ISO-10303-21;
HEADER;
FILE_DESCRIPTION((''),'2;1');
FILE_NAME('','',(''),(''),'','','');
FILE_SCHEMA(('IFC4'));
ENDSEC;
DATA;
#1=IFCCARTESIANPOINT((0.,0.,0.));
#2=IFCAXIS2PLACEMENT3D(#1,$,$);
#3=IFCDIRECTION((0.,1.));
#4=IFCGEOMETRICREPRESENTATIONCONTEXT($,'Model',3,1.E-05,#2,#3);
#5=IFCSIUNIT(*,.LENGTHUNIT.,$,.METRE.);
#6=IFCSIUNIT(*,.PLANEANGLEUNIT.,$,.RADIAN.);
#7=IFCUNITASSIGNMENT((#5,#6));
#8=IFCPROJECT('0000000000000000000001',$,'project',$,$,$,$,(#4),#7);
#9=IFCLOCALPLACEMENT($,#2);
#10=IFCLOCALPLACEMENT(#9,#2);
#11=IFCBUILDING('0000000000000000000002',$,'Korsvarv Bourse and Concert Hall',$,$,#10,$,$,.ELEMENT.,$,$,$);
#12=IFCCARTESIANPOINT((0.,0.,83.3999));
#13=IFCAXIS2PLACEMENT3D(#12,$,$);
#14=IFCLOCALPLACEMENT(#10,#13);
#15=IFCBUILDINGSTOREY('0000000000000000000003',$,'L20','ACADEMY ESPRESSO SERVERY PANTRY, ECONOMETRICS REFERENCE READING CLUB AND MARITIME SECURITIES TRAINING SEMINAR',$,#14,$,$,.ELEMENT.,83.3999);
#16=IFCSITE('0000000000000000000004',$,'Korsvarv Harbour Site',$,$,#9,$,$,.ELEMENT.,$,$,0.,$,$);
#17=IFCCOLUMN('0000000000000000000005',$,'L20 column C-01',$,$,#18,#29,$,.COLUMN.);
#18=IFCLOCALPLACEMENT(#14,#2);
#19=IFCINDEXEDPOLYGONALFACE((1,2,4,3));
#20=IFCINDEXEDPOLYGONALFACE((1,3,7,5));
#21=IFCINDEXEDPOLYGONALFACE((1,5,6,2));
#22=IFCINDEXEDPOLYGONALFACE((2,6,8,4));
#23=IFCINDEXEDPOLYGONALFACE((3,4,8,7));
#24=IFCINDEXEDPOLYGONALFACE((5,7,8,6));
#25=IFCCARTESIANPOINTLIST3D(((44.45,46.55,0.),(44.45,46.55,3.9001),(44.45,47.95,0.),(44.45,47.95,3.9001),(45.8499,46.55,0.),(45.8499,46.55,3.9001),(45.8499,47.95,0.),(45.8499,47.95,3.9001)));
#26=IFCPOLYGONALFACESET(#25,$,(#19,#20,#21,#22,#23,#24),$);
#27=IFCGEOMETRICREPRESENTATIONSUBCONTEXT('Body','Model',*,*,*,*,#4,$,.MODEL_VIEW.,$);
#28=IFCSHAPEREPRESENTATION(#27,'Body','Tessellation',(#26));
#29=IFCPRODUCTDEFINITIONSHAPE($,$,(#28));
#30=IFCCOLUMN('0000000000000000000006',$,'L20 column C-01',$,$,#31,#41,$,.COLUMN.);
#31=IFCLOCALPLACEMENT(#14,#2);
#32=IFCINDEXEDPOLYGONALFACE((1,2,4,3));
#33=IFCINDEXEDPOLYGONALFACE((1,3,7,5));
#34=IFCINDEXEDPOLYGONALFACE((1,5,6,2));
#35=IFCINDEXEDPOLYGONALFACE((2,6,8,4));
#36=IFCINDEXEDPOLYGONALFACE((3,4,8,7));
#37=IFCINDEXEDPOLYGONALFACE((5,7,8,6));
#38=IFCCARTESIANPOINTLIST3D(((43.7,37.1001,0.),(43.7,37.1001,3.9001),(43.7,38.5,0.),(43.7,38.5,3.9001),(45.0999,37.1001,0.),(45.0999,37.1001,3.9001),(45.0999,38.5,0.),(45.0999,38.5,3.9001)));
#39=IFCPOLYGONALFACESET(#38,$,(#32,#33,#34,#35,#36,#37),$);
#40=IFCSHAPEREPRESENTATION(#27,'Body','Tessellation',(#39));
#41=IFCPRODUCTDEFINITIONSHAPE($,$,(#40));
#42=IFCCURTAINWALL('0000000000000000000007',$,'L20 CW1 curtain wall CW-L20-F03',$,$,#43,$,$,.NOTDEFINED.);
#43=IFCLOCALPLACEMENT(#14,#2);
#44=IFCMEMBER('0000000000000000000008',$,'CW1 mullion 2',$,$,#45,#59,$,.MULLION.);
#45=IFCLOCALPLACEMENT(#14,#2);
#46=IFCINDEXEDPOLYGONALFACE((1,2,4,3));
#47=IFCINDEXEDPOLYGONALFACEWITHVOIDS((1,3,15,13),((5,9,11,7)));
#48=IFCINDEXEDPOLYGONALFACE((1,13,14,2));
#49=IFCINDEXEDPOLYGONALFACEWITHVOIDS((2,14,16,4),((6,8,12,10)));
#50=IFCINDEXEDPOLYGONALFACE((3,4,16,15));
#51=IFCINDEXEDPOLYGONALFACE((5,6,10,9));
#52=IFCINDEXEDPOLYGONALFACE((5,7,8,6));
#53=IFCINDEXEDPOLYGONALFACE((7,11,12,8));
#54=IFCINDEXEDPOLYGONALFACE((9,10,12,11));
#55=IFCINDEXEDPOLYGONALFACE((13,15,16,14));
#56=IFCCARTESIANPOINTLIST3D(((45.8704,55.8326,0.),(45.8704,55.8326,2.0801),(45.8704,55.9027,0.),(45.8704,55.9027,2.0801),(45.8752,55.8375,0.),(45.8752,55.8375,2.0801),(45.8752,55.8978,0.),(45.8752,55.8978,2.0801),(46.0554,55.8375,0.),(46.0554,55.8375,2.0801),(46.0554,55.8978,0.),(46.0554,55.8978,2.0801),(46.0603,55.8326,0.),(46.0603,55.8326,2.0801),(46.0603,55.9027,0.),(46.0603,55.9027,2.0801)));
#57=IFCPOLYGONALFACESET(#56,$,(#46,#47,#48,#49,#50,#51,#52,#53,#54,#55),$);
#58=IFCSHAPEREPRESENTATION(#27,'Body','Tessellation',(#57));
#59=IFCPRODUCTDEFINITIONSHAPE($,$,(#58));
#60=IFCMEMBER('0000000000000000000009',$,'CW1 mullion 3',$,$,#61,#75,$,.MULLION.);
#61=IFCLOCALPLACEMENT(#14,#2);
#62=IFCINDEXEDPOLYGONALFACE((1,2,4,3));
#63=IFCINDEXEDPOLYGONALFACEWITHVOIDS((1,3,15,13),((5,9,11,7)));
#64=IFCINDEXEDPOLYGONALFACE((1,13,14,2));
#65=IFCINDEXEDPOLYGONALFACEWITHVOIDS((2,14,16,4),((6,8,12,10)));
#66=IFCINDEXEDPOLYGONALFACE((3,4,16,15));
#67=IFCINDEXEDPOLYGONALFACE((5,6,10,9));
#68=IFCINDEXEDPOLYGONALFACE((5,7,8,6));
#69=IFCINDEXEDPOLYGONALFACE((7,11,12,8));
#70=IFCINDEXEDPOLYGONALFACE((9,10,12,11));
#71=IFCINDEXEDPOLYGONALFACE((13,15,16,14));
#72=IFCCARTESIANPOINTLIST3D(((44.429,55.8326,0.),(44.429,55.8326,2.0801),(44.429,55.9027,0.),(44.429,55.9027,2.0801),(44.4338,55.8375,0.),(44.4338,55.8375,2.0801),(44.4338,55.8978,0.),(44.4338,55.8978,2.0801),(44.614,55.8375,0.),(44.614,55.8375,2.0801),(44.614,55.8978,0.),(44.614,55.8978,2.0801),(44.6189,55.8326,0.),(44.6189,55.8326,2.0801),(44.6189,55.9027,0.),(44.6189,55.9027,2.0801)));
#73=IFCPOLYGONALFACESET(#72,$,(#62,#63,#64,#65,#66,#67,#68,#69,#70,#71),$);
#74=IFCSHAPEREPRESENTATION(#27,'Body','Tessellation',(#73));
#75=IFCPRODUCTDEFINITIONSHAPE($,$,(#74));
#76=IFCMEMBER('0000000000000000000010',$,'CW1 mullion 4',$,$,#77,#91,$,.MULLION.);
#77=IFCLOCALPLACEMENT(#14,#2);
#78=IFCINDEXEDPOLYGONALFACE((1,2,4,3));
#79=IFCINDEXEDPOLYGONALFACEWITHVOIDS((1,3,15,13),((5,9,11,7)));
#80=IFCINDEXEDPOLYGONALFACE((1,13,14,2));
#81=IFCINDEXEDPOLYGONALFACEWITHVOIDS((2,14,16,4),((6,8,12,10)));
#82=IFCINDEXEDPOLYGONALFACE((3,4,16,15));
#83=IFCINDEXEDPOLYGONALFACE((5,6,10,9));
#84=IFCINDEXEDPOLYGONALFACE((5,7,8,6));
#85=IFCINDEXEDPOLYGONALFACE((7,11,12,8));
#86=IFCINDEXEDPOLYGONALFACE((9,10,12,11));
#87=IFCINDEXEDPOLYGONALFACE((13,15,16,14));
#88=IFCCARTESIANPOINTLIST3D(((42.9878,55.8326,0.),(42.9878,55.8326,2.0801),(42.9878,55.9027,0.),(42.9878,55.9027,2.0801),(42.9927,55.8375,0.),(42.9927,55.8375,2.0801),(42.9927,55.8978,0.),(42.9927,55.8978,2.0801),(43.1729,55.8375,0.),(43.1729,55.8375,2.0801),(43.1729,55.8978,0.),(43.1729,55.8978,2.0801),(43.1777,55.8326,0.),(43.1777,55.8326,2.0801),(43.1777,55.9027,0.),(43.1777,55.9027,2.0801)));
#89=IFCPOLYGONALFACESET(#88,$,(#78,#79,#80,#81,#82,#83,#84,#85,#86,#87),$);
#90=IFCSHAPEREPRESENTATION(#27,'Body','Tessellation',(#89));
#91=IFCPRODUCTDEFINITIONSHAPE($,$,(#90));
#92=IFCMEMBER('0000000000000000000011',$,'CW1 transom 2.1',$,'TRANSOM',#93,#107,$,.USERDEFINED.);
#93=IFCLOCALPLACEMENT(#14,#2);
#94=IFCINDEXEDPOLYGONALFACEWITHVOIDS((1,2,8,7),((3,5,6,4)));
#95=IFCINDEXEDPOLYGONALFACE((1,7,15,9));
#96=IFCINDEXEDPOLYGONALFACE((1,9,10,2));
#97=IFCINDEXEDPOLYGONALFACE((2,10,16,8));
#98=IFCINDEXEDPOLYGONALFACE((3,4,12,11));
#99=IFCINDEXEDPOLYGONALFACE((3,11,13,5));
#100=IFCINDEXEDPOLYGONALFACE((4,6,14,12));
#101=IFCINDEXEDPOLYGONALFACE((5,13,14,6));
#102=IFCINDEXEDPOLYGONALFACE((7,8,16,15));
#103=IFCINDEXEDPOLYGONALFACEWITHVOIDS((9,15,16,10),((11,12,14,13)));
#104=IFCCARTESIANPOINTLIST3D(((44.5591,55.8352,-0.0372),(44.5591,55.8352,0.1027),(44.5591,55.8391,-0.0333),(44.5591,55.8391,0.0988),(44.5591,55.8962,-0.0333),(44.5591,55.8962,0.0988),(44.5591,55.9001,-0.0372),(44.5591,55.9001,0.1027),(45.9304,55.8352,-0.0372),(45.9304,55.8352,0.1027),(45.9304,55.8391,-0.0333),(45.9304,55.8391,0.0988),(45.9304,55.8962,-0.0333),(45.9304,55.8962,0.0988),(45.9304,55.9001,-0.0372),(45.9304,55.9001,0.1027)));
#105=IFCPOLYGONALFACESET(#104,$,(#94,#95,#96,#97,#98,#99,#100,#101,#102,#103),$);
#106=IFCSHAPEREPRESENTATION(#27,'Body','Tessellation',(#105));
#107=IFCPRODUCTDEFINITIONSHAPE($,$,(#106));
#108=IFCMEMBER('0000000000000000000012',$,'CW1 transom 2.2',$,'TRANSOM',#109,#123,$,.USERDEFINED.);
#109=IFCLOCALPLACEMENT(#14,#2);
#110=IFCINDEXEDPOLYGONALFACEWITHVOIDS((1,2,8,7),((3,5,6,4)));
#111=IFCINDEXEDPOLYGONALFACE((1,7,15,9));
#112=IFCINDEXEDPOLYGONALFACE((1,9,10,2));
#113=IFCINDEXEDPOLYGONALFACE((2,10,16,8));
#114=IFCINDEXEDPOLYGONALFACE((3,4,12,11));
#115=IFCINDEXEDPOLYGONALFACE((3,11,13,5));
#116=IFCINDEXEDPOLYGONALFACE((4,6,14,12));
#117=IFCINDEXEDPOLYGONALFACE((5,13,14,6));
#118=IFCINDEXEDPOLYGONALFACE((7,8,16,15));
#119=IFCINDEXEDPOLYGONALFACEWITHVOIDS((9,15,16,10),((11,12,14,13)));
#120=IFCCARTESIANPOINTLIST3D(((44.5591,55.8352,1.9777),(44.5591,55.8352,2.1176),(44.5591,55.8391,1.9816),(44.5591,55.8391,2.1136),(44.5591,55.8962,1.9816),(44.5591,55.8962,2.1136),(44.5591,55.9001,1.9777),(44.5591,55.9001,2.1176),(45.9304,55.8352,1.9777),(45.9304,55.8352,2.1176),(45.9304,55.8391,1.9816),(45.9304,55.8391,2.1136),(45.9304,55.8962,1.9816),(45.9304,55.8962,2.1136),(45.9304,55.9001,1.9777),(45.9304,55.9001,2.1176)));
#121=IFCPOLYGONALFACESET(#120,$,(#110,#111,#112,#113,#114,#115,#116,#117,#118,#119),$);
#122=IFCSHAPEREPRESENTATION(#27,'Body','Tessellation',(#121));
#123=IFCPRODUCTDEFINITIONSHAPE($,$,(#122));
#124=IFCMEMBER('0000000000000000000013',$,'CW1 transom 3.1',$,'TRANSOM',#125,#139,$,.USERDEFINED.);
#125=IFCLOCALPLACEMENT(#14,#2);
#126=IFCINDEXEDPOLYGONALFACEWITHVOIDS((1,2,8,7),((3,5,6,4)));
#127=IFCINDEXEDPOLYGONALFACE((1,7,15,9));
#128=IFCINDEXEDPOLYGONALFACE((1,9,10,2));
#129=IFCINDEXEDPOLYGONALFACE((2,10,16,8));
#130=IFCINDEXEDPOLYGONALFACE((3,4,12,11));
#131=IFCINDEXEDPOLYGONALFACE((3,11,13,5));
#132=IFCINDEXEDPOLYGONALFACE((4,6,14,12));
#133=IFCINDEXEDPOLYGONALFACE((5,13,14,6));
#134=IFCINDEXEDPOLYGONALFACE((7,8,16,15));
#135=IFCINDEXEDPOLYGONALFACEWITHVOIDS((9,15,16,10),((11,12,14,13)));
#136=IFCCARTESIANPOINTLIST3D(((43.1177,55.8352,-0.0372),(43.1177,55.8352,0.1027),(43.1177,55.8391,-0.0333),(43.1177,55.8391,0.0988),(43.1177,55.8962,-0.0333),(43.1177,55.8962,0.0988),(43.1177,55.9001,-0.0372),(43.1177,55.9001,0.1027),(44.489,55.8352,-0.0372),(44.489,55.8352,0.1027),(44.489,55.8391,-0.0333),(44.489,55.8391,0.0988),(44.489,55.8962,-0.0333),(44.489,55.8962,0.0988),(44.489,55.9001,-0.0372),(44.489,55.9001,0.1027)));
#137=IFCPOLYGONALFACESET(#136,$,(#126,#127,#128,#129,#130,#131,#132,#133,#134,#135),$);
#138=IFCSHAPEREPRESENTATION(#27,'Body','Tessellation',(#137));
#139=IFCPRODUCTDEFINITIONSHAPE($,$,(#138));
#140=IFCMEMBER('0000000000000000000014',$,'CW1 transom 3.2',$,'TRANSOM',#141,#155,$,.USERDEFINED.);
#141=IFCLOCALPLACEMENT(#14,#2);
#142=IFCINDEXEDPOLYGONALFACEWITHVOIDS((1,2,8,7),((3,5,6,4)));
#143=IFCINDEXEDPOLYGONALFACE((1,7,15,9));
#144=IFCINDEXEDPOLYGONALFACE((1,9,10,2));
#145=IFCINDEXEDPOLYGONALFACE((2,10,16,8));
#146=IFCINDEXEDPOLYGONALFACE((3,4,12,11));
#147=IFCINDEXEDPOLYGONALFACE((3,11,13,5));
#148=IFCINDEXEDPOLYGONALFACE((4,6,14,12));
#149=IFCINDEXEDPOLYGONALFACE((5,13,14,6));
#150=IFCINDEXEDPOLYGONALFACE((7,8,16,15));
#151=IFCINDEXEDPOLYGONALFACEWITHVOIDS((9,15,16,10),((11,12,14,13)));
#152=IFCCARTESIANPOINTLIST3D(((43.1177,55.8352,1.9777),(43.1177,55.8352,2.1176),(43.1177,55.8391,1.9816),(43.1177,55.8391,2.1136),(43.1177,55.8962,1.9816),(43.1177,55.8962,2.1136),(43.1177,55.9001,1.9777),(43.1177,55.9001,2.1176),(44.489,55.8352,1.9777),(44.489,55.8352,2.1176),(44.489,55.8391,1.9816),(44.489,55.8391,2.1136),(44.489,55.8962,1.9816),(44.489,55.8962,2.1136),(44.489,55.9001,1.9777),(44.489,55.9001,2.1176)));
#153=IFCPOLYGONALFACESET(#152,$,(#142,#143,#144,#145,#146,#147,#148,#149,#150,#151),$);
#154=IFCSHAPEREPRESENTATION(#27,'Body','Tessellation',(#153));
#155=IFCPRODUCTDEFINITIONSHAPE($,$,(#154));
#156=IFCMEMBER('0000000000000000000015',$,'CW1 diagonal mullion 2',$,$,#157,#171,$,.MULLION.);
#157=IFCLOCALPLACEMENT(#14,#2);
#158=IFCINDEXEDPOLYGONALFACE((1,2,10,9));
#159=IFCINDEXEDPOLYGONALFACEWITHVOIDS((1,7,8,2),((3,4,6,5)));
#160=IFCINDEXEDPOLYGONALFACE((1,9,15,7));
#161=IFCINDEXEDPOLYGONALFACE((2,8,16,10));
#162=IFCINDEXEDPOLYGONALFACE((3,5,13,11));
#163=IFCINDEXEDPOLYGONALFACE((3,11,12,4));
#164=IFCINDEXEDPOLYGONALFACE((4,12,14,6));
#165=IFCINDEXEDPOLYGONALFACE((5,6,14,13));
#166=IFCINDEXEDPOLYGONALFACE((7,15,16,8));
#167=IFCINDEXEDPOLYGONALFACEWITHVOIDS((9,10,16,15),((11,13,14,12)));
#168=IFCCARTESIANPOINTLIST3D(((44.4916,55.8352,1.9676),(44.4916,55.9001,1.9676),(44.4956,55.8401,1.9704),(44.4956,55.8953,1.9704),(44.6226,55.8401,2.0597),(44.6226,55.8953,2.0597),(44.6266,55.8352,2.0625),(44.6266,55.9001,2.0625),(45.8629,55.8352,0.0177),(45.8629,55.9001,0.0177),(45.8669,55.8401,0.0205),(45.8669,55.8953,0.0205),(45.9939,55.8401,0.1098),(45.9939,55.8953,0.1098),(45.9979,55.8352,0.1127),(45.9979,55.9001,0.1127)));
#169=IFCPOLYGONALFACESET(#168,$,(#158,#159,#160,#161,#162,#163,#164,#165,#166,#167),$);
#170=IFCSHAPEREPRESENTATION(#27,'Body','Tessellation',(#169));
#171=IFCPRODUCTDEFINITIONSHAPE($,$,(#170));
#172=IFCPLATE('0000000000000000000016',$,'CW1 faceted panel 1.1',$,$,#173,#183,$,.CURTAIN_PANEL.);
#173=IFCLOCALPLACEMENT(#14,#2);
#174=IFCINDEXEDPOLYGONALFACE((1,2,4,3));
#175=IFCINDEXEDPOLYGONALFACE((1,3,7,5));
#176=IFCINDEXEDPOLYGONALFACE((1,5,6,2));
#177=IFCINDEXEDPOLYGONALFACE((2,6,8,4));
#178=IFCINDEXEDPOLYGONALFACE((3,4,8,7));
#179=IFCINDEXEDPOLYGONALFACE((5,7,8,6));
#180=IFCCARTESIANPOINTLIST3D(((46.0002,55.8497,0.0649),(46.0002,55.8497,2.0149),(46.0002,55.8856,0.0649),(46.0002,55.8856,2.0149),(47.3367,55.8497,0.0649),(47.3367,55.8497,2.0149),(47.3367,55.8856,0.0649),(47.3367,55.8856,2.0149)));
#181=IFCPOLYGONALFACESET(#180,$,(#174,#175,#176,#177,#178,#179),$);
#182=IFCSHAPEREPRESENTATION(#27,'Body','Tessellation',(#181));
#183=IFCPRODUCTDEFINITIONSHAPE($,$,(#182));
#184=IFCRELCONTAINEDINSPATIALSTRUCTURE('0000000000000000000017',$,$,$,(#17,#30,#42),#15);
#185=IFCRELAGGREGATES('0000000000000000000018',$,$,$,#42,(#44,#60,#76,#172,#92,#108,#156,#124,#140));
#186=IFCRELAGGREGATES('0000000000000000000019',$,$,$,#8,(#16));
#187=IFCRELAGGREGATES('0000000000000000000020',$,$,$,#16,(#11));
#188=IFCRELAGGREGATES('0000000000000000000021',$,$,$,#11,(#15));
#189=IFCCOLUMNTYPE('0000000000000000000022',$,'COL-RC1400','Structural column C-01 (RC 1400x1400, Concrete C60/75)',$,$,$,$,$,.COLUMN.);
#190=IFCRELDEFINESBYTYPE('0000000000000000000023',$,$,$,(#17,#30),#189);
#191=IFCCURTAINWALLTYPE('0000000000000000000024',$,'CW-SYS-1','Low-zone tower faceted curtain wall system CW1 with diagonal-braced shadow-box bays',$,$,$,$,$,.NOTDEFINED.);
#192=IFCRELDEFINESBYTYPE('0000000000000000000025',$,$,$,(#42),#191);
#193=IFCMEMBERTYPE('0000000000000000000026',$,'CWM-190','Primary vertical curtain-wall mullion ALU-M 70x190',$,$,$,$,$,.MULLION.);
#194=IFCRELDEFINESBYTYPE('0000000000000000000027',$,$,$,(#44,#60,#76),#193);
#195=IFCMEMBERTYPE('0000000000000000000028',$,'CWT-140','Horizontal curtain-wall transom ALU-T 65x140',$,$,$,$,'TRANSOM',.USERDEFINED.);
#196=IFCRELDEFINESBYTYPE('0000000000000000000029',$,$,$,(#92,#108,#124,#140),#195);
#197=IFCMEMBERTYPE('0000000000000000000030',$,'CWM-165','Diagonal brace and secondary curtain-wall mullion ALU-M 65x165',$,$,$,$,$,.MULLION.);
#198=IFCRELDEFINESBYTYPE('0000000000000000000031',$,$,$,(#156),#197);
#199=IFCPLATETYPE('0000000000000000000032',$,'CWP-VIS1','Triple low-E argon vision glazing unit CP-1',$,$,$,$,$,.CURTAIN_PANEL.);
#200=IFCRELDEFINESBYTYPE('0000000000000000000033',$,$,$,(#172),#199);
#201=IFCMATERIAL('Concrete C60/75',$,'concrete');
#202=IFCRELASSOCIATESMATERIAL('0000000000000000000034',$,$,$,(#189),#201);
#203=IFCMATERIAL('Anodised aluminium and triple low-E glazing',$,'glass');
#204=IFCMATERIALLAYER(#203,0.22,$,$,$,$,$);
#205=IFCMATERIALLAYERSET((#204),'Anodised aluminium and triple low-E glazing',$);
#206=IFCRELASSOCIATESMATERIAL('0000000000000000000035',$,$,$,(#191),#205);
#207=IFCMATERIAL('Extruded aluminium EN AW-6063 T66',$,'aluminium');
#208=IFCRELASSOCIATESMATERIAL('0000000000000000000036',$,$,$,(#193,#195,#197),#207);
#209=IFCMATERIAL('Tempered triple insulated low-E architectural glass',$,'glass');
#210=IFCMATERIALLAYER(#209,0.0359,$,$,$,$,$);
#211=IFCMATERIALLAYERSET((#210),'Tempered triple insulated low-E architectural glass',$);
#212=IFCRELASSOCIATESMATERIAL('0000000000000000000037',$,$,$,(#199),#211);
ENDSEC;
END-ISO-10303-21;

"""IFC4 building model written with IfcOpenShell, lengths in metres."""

from ifc_helpers import new_model, si_unit, direction, frame, origin, origin_2d, place, context, subcontext, project, spatial, rectangle, hollow_rectangle, extrude, source, transform, mapped, material, layer, layer_set, material_profile, profile_set, type_object, element, aggregate, save


model = new_model("IFC4")

# Units and contexts
model_context = context("Model", 3, precision=1e-05, world=origin(), true_north=direction((0.0, 1.0)))
body_context = subcontext(model_context, "Body", "Model", "MODEL_VIEW")
ifc_project = project(units=[si_unit("LENGTHUNIT", "METRE"), si_unit("PLANEANGLEUNIT", "RADIAN")], contexts=[model_context])

# Site, building, storey
site_placement = place(None, origin())
site = spatial("IfcSite", under=ifc_project, at=site_placement, Name="Korsvarv Harbour Site", CompositionType="ELEMENT", RefElevation=0.0)
building_placement = place(site_placement, origin())
building = spatial("IfcBuilding", under=site, at=building_placement, Name="Korsvarv Bourse and Concert Hall", CompositionType="ELEMENT")
storey_placement = place(building_placement, frame((0.0, 0.0, 83.3999)))
storey = spatial("IfcBuildingStorey", under=building, at=storey_placement, Name="L20", Description="ACADEMY ESPRESSO SERVERY PANTRY, ECONOMETRICS REFERENCE READING CLUB AND MARITIME SECURITIES TRAINING SEMINAR", CompositionType="ELEMENT", Elevation=83.3999)

# Columns
ifc_material_1 = material(Name="Concrete C60/75", Category="concrete")
ifc_material_profile_1 = material_profile(ifc_material_1, rectangle(XDim=1.3999, YDim=1.3999, at=origin_2d()), Name="RC 1400x1400")
ifc_profile_set_1 = profile_set([ifc_material_profile_1], Name="Concrete C60/75")
column_type = type_object("IfcColumnType", Name="COL-RC1400", Description="Structural column C-01 (RC 1400x1400, Concrete C60/75)", PredefinedType="COLUMN", material=ifc_profile_set_1)
shared_shape_1 = source(origin(), body_context, "Body", "SweptSolid", [
    extrude(rectangle(XDim=1.3999, YDim=1.3999, at=origin_2d()), origin(), (0.0, 0.0, 1.0), 3.9001),
])
for number, where, z_axis, x_axis, name in (
    (1, (45.1499, 47.25, 0.0), (0.0, 0.0, 1.0), (1.0, 0.0, 0.0), "L20 column C-01"),
    (2, (44.3999, 37.8, 0.0), (0.0, 0.0, 1.0), (1.0, 0.0, 0.0), "L20 column C-01"),
):
    element("IfcColumn", number, at=place(storey_placement, frame(where, z_axis=z_axis, x_axis=x_axis)), inside=storey, type_object=column_type, Name=name, PredefinedType="COLUMN", context=body_context, shape_type="MappedRepresentation", body=[
        mapped(shared_shape_1, transform((0.0, 0.0, 0.0), scale=1.0)),
    ])

# Curtain wall, members, plate
ifc_material_2 = material(Name="Anodised aluminium and triple low-E glazing", Category="glass")
ifc_layer_1 = layer(ifc_material_2, 0.22)
ifc_layer_set_1 = layer_set([ifc_layer_1], Name="Anodised aluminium and triple low-E glazing")
curtain_wall_type = type_object("IfcCurtainWallType", Name="CW-SYS-1", Description="Low-zone tower faceted curtain wall system CW1 with diagonal-braced shadow-box bays", PredefinedType="NOTDEFINED", material=ifc_layer_set_1)
curtain_wall_placement = place(storey_placement, origin())
curtain_wall = element("IfcCurtainWall", 3, at=curtain_wall_placement, inside=storey, type_object=curtain_wall_type, Name="L20 CW1 curtain wall CW-L20-F03", PredefinedType="NOTDEFINED")
ifc_material_3 = material(Name="Extruded aluminium EN AW-6063 T66", Category="aluminium")
ifc_material_profile_2 = material_profile(ifc_material_3, hollow_rectangle(XDim=0.0701, YDim=0.1899, WallThickness=0.0049, at=origin_2d()), Name="ALU-M 70x190")
ifc_profile_set_2 = profile_set([ifc_material_profile_2], Name="Extruded aluminium EN AW-6063 T66")
member_type_1 = type_object("IfcMemberType", Name="CWM-190", Description="Primary vertical curtain-wall mullion ALU-M 70x190", PredefinedType="MULLION", material=ifc_profile_set_2)
shared_shape_2 = source(origin(), body_context, "Body", "SweptSolid", [
    extrude(hollow_rectangle(XDim=0.0701, YDim=0.1899, WallThickness=0.0049, at=origin_2d()), origin(), (0.0, 0.0, 1.0), 2.0801),
])
member_1_placement = place(storey_placement, frame((45.9653, 55.8677, 0.0), z_axis=(0.0, 0.0, 1.0), x_axis=(0.0, -1.0, 0.0)))
member_1 = element("IfcMember", 4, at=member_1_placement, type_object=member_type_1, Name="CW1 mullion 2", PredefinedType="MULLION", context=body_context, shape_type="MappedRepresentation", body=[
    mapped(shared_shape_2, transform((0.0, 0.0, 0.0), scale=1.0)),
])
member_2_placement = place(storey_placement, frame((44.5239, 55.8677, 0.0), z_axis=(0.0, 0.0, 1.0), x_axis=(0.0, -1.0, 0.0)))
member_2 = element("IfcMember", 5, at=member_2_placement, type_object=member_type_1, Name="CW1 mullion 3", PredefinedType="MULLION", context=body_context, shape_type="MappedRepresentation", body=[
    mapped(shared_shape_2, transform((0.0, 0.0, 0.0), scale=1.0)),
])
member_3_placement = place(storey_placement, frame((43.0828, 55.8677, 0.0), z_axis=(0.0, 0.0, 1.0), x_axis=(0.0, -1.0, 0.0)))
member_3 = element("IfcMember", 6, at=member_3_placement, type_object=member_type_1, Name="CW1 mullion 4", PredefinedType="MULLION", context=body_context, shape_type="MappedRepresentation", body=[
    mapped(shared_shape_2, transform((0.0, 0.0, 0.0), scale=1.0)),
])
ifc_material_profile_3 = material_profile(ifc_material_3, hollow_rectangle(XDim=0.0649, YDim=0.1399, WallThickness=0.0039, at=origin_2d()), Name="ALU-T 65x140")
ifc_profile_set_3 = profile_set([ifc_material_profile_3], Name="Extruded aluminium EN AW-6063 T66")
member_type_2 = type_object("IfcMemberType", Name="CWT-140", Description="Horizontal curtain-wall transom ALU-T 65x140", ElementType="TRANSOM", PredefinedType="USERDEFINED", material=ifc_profile_set_3)
shared_shape_3 = source(origin(), body_context, "Body", "SweptSolid", [
    extrude(hollow_rectangle(XDim=0.0649, YDim=0.1399, WallThickness=0.0039, at=origin_2d()), origin(), (0.0, 0.0, 1.0), 1.3713),
])
member_4_placement = place(storey_placement, frame((45.9304, 55.8677, 0.0327), z_axis=(-1.0, 0.0, 0.0), x_axis=(0.0, -1.0, 0.0)))
member_4 = element("IfcMember", 7, at=member_4_placement, type_object=member_type_2, Name="CW1 transom 2.1", ObjectType="TRANSOM", PredefinedType="USERDEFINED", context=body_context, shape_type="MappedRepresentation", body=[
    mapped(shared_shape_3, transform((0.0, 0.0, 0.0), scale=1.0)),
])
member_5_placement = place(storey_placement, frame((45.9304, 55.8677, 2.0476), z_axis=(-1.0, 0.0, 0.0), x_axis=(0.0, -1.0, 0.0)))
member_5 = element("IfcMember", 8, at=member_5_placement, type_object=member_type_2, Name="CW1 transom 2.2", ObjectType="TRANSOM", PredefinedType="USERDEFINED", context=body_context, shape_type="MappedRepresentation", body=[
    mapped(shared_shape_3, transform((0.0, 0.0, 0.0), scale=1.0)),
])
member_6_placement = place(storey_placement, frame((44.489, 55.8677, 0.0327), z_axis=(-1.0, 0.0, 0.0), x_axis=(0.0, -1.0, 0.0)))
member_6 = element("IfcMember", 9, at=member_6_placement, type_object=member_type_2, Name="CW1 transom 3.1", ObjectType="TRANSOM", PredefinedType="USERDEFINED", context=body_context, shape_type="MappedRepresentation", body=[
    mapped(shared_shape_3, transform((0.0, 0.0, 0.0), scale=1.0)),
])
member_7_placement = place(storey_placement, frame((44.489, 55.8677, 2.0476), z_axis=(-1.0, 0.0, 0.0), x_axis=(0.0, -1.0, 0.0)))
member_7 = element("IfcMember", 10, at=member_7_placement, type_object=member_type_2, Name="CW1 transom 3.2", ObjectType="TRANSOM", PredefinedType="USERDEFINED", context=body_context, shape_type="MappedRepresentation", body=[
    mapped(shared_shape_3, transform((0.0, 0.0, 0.0), scale=1.0)),
])
ifc_material_profile_4 = material_profile(ifc_material_3, hollow_rectangle(XDim=0.0649, YDim=0.165, WallThickness=0.0049, at=origin_2d()), Name="ALU-M 65x165")
ifc_profile_set_4 = profile_set([ifc_material_profile_4], Name="Extruded aluminium EN AW-6063 T66")
member_type_3 = type_object("IfcMemberType", Name="CWM-165", Description="Diagonal brace and secondary curtain-wall mullion ALU-M 65x165", PredefinedType="MULLION", material=ifc_profile_set_4)
shared_shape_4 = source(origin(), body_context, "Body", "SweptSolid", [
    extrude(hollow_rectangle(XDim=0.0649, YDim=0.165, WallThickness=0.0049, at=origin_2d()), origin(), (0.0, 0.0, 1.0), 2.3838),
])
member_8_placement = place(storey_placement, frame((45.9304, 55.8677, 0.0652), z_axis=(-0.575255, 0.0, 0.817974), x_axis=(0.0, -1.0, 0.0)))
member_8 = element("IfcMember", 11, at=member_8_placement, type_object=member_type_3, Name="CW1 diagonal mullion 2", PredefinedType="MULLION", context=body_context, shape_type="MappedRepresentation", body=[
    mapped(shared_shape_4, transform((0.0, 0.0, 0.0), scale=1.0)),
])
ifc_material_4 = material(Name="Tempered triple insulated low-E architectural glass", Category="glass")
ifc_layer_2 = layer(ifc_material_4, 0.0359)
ifc_layer_set_2 = layer_set([ifc_layer_2], Name="Tempered triple insulated low-E architectural glass")
plate_type_1 = type_object("IfcPlateType", Name="CWP-VIS1", Description="Triple low-E argon vision glazing unit CP-1", PredefinedType="CURTAIN_PANEL", material=ifc_layer_set_2)
shared_shape_5 = source(origin(), body_context, "Body", "SweptSolid", [
    extrude(rectangle(XDim=1.3364, YDim=0.0359, at=origin_2d()), origin(), (0.0, 0.0, 1.0), 1.95),
])
plate_1_placement = place(storey_placement, frame((46.6685, 55.8677, 0.0649), z_axis=(0.0, 0.0, 1.0), x_axis=(-1.0, 0.0, 0.0)))
plate_1 = element("IfcPlate", 12, at=plate_1_placement, type_object=plate_type_1, Name="CW1 faceted panel 1.1", PredefinedType="CURTAIN_PANEL", context=body_context, shape_type="MappedRepresentation", body=[
    mapped(shared_shape_5, transform((0.0, 0.0, 0.0), scale=1.0)),
])
aggregate(curtain_wall, [member_1, member_2, member_3, plate_1, member_4, member_5, member_8, member_6, member_7])

save(model, "model.ifc")
